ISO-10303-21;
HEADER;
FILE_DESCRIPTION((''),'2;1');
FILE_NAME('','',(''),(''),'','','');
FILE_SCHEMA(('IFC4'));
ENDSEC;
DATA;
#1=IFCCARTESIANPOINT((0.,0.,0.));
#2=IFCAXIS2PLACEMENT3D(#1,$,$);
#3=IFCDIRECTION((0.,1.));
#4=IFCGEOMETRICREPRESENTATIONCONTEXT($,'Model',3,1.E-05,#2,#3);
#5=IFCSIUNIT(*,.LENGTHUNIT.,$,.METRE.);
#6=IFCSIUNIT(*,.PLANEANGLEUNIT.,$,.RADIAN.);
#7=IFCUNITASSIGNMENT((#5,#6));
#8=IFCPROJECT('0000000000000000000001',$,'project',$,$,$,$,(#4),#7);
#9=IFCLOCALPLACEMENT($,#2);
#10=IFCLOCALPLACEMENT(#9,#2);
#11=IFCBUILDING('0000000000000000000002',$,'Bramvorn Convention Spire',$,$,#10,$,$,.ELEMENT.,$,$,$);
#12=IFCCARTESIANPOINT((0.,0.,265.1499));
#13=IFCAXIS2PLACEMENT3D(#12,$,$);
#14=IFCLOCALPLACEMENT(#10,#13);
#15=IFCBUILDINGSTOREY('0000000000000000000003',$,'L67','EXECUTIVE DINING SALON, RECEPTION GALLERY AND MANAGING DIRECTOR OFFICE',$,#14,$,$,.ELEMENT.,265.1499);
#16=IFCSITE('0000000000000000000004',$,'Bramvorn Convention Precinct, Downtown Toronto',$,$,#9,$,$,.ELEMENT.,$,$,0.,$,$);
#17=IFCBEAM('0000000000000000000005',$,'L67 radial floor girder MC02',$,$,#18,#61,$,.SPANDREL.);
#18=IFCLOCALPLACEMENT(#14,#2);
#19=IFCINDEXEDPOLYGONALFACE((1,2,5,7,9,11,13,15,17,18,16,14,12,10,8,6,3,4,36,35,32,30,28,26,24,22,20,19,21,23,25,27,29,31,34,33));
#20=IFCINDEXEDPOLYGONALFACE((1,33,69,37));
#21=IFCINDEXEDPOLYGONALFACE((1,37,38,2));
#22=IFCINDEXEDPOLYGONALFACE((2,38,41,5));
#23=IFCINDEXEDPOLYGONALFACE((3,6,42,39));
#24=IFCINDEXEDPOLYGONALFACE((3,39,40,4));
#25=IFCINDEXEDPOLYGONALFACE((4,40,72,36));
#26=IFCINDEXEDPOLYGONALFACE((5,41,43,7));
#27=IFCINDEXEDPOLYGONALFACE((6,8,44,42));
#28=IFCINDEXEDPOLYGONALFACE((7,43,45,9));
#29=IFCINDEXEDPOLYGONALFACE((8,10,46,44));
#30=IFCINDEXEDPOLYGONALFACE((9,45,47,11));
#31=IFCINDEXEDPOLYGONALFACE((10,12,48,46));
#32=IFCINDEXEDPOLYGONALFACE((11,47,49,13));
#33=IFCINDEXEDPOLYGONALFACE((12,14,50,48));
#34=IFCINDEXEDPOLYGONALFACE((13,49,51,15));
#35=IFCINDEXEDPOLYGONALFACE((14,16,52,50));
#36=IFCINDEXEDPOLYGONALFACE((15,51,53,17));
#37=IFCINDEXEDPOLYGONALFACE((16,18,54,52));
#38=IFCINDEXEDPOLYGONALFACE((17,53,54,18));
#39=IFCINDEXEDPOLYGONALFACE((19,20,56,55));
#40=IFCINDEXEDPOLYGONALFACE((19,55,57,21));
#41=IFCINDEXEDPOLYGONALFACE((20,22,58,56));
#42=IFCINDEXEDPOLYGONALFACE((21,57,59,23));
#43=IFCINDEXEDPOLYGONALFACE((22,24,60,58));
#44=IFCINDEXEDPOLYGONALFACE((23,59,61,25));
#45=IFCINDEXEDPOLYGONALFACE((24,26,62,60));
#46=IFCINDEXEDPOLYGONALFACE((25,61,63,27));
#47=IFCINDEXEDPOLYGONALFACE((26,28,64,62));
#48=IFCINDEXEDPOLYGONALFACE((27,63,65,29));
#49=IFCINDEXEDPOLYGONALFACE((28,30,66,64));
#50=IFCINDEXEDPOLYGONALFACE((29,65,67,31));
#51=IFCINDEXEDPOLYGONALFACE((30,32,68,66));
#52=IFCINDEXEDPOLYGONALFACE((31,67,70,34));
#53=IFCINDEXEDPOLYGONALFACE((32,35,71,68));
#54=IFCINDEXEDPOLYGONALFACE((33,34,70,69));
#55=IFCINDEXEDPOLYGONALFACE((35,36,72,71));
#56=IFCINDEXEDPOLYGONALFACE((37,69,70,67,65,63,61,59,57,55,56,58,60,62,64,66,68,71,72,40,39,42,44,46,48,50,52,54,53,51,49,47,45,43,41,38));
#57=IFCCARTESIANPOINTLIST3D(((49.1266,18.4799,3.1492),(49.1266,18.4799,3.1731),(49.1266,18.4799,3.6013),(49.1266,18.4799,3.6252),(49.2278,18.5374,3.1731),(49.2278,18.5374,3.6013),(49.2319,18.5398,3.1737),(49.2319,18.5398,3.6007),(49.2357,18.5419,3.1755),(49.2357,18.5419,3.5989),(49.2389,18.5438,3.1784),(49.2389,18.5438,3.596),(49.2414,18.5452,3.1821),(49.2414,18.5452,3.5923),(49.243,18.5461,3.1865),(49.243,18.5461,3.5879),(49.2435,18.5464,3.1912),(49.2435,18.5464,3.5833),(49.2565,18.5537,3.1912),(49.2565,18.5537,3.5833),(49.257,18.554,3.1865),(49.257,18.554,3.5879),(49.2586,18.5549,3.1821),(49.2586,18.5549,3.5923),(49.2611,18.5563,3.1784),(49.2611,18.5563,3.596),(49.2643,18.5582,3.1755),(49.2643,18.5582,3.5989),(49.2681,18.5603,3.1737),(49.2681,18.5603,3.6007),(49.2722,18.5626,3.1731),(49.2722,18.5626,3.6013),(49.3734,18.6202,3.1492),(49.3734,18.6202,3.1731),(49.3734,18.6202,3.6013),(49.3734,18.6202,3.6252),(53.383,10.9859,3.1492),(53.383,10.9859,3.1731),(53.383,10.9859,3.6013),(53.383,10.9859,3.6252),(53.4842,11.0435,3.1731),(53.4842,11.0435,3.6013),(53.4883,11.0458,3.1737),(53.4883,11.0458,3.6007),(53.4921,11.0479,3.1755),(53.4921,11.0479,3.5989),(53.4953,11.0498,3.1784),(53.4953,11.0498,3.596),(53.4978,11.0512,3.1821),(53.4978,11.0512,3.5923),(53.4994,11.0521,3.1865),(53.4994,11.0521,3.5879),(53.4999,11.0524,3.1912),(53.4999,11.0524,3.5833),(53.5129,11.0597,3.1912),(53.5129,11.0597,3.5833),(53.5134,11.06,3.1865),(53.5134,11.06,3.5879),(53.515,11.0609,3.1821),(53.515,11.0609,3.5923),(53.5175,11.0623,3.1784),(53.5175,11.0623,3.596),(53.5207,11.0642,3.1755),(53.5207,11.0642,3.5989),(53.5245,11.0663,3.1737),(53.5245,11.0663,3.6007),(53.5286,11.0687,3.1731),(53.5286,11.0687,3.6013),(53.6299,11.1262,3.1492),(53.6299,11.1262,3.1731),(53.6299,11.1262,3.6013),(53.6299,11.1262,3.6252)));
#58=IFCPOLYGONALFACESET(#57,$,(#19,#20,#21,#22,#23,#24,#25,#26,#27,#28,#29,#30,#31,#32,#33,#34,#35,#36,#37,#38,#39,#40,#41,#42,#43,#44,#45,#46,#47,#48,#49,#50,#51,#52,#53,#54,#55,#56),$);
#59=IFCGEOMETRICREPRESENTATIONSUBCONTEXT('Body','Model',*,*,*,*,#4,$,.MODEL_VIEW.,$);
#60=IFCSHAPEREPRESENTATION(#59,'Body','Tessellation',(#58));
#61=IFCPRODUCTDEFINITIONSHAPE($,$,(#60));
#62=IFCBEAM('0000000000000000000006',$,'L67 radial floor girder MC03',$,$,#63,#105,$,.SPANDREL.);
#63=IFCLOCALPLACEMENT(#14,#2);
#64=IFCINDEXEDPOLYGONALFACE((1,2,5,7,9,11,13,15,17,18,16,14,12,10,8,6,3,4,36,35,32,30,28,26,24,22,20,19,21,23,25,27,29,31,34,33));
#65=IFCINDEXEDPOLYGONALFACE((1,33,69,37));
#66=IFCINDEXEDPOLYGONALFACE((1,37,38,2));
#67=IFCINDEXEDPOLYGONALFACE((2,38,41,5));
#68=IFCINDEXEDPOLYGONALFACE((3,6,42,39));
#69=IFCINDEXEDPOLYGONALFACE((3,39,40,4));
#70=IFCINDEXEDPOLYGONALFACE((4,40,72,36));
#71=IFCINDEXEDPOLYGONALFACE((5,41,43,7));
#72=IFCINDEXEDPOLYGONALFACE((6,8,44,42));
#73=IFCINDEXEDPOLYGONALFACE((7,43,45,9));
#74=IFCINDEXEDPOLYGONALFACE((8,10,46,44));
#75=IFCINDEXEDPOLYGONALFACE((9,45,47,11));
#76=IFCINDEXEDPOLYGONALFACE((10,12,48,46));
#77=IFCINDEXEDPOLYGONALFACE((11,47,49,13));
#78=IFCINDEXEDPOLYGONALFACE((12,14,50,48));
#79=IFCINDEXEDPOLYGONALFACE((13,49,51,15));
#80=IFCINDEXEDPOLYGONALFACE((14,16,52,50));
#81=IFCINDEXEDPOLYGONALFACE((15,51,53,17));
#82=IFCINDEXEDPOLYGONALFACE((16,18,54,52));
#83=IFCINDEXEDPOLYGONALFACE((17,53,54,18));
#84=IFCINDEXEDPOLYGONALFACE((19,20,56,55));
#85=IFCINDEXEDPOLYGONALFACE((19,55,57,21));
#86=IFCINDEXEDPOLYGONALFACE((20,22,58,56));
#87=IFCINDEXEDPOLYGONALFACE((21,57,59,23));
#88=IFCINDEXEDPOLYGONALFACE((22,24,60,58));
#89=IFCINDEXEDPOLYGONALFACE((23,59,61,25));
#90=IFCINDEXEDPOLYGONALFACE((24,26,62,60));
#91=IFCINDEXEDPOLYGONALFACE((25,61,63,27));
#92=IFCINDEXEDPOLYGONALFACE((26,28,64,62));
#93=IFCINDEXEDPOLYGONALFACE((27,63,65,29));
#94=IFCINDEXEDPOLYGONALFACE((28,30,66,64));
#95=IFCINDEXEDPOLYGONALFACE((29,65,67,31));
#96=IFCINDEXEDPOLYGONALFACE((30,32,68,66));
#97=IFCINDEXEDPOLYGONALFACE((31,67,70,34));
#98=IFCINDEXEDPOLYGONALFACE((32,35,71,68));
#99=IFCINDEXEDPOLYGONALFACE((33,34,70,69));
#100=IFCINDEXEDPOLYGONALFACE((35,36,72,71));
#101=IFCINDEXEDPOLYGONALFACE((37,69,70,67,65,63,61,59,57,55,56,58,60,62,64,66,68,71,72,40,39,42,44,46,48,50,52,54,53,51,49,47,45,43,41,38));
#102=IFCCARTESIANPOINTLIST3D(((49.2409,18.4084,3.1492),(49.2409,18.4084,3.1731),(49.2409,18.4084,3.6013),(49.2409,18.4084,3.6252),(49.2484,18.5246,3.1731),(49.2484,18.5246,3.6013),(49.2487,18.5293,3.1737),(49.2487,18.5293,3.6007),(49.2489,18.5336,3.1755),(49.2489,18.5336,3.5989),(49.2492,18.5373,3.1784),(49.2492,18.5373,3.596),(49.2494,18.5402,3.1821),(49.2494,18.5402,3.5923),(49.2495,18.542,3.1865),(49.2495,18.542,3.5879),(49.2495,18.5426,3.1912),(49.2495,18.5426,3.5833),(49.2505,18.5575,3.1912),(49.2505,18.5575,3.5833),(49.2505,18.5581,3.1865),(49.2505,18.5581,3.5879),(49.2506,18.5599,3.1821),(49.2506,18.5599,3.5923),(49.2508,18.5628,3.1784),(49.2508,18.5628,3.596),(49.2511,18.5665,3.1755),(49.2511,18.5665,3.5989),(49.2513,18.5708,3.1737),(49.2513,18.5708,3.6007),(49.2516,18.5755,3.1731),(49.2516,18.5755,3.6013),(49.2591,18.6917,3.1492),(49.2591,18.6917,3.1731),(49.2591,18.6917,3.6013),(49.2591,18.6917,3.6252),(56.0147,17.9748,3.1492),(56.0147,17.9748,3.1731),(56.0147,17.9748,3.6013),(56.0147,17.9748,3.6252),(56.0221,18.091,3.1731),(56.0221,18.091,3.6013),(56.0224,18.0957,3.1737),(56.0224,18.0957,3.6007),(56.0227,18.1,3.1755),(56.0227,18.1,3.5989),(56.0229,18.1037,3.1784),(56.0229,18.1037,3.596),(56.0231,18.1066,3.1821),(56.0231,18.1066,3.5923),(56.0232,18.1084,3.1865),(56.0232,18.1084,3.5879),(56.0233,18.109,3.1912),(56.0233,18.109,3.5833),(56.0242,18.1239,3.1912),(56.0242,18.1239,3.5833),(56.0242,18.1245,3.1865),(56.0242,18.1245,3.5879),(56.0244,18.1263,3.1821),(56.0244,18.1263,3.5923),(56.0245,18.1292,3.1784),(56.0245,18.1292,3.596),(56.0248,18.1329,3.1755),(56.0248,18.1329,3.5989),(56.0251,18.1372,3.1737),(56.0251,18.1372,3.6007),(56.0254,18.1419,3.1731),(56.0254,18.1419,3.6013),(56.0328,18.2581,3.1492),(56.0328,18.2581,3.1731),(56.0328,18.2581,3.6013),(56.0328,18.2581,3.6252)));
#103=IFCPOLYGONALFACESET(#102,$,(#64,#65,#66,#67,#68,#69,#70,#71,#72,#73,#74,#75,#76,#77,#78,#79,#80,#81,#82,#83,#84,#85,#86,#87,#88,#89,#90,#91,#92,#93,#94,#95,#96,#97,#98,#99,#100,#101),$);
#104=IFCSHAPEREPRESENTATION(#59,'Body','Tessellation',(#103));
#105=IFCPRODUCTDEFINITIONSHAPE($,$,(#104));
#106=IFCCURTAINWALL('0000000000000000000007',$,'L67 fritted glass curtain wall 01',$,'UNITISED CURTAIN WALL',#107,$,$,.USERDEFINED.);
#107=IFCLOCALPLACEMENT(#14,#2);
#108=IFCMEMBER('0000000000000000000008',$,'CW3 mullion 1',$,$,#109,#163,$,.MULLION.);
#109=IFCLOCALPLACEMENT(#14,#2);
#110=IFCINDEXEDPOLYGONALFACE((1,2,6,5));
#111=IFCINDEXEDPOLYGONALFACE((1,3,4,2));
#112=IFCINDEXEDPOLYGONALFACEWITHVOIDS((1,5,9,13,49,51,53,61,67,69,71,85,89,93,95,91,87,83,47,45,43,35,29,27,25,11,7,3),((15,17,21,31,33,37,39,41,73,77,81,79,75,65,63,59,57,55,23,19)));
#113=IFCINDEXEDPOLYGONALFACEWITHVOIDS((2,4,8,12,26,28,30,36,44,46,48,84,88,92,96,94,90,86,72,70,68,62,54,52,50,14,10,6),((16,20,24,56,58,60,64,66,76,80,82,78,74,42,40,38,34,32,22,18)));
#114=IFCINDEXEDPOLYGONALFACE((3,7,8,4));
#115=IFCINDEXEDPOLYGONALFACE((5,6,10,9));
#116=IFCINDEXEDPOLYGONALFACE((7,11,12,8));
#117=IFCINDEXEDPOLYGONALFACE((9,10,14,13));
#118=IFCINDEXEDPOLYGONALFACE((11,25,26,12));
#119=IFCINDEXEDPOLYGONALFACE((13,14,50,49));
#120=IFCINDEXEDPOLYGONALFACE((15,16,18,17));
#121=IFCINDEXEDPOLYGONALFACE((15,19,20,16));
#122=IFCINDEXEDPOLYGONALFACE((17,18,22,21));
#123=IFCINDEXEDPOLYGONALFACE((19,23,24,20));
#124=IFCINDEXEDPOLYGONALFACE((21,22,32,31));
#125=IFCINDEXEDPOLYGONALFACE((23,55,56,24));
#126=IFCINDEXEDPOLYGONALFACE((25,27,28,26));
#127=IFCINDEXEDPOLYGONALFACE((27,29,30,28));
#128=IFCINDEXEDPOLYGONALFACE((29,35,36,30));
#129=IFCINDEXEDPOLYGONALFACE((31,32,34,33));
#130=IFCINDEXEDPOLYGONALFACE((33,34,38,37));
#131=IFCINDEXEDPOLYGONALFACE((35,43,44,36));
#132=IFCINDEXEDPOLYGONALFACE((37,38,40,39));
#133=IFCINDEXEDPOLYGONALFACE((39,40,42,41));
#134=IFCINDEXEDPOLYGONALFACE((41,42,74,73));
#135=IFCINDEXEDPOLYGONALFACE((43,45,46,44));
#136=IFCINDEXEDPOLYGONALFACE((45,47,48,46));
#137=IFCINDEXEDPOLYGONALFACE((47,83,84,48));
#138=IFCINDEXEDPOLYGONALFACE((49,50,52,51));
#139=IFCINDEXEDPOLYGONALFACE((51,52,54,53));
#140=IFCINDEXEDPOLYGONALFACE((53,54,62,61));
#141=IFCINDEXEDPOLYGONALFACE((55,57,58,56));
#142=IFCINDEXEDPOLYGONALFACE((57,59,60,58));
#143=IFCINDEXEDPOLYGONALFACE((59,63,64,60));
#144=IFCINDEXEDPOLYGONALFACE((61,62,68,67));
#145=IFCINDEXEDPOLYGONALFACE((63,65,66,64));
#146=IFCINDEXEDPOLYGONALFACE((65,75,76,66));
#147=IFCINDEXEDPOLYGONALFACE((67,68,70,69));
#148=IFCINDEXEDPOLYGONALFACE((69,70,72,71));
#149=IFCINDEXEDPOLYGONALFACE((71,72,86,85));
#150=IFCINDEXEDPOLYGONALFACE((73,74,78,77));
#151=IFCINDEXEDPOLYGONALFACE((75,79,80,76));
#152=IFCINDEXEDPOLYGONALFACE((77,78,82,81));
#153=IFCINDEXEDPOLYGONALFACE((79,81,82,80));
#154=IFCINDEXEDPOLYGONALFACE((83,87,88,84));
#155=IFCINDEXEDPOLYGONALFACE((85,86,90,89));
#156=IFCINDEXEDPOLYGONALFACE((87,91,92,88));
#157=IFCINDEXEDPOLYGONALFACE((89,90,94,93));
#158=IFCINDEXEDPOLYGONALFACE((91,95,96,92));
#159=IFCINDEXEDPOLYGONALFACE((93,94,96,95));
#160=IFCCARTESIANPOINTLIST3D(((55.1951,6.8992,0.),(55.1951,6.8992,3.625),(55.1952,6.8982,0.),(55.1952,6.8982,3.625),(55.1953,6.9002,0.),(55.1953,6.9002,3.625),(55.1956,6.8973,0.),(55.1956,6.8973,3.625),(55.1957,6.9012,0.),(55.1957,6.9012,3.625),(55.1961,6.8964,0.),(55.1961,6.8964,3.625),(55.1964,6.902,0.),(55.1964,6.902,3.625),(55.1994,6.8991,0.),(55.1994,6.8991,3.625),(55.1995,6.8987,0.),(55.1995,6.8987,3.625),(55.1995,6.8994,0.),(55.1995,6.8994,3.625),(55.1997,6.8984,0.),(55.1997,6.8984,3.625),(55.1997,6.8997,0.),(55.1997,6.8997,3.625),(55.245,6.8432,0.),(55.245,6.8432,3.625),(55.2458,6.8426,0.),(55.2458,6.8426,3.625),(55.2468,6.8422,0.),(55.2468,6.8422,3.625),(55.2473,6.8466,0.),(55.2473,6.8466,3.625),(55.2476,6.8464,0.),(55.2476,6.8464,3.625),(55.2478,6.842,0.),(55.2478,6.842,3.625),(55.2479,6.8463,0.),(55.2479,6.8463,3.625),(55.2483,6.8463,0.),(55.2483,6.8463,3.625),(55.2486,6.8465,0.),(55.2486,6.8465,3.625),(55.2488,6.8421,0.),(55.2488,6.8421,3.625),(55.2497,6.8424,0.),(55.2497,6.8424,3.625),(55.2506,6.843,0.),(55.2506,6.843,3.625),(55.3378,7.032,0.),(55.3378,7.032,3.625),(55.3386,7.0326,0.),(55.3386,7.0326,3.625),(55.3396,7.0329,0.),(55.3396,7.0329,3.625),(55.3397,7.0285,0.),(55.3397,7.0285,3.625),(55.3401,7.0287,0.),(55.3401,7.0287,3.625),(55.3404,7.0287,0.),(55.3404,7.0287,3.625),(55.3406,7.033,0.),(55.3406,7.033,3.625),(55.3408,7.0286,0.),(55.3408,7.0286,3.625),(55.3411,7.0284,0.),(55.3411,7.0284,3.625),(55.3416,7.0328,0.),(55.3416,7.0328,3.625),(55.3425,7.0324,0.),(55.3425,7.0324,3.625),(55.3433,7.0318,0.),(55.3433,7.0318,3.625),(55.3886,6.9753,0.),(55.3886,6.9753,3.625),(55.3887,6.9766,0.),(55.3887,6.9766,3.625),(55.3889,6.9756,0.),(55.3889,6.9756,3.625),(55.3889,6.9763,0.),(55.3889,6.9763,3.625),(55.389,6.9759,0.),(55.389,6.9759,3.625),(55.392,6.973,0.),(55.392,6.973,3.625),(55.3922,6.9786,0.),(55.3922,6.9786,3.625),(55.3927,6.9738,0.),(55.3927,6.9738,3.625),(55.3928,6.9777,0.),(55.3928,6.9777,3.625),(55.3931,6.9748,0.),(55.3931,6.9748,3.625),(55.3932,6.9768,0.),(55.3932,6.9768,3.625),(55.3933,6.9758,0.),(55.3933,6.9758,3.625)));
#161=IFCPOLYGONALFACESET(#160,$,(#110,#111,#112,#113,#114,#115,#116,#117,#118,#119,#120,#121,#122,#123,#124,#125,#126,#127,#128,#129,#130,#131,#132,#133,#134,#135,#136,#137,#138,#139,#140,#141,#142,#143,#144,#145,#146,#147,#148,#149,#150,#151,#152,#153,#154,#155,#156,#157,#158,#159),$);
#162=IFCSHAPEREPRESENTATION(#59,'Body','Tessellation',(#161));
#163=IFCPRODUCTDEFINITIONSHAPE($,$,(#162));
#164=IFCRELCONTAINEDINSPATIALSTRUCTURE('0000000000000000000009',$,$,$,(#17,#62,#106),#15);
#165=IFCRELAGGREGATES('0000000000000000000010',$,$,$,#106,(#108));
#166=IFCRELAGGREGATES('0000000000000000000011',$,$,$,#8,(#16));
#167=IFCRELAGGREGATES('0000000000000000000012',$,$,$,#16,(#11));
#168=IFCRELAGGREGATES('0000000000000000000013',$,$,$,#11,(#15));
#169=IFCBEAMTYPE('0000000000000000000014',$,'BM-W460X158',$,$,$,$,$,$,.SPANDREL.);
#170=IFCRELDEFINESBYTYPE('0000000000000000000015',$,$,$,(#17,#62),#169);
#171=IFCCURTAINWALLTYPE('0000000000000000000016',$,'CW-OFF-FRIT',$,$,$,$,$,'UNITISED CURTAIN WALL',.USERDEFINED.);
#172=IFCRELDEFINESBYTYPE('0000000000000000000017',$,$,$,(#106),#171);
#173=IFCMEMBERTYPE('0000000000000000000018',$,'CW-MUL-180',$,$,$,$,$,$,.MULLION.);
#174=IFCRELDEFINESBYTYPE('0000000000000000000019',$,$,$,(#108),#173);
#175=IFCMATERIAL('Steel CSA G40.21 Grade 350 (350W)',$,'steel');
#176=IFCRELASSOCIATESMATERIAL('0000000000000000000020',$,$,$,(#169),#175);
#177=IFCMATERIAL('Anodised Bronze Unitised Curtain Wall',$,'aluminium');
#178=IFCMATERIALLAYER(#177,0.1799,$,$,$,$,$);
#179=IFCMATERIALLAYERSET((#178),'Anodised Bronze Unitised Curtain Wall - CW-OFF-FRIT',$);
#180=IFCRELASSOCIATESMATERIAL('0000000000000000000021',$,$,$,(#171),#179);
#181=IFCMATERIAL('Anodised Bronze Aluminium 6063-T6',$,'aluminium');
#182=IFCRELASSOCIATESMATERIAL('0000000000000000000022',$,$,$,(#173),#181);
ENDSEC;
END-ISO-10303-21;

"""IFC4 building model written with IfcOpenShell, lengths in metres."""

from ifc_helpers import new_model, si_unit, direction, frame, origin, origin_2d, place, context, subcontext, project, spatial, hollow_rectangle, i_section, extrude, material, layer, layer_set, material_profile, profile_set, type_object, element, aggregate, save


model = new_model("IFC4")

# Units and contexts
model_context = context("Model", 3, precision=1e-05, world=origin(), true_north=direction((0.0, 1.0)))
body_context = subcontext(model_context, "Body", "Model", "MODEL_VIEW")
ifc_project = project(units=[si_unit("LENGTHUNIT", "METRE"), si_unit("PLANEANGLEUNIT", "RADIAN")], contexts=[model_context])

# Site, building, storey
site_placement = place(None, origin())
site = spatial("IfcSite", under=ifc_project, at=site_placement, Name="Bramvorn Convention Precinct, Downtown Toronto", CompositionType="ELEMENT", RefElevation=0.0)
building_placement = place(site_placement, origin())
building = spatial("IfcBuilding", under=site, at=building_placement, Name="Bramvorn Convention Spire", CompositionType="ELEMENT")
storey_placement = place(building_placement, frame((0.0, 0.0, 265.1499)))
storey = spatial("IfcBuildingStorey", under=building, at=storey_placement, Name="L67", Description="EXECUTIVE DINING SALON, RECEPTION GALLERY AND MANAGING DIRECTOR OFFICE", CompositionType="ELEMENT", Elevation=265.1499)

# Shared definitions
ifc_material_1 = material(Name="Steel CSA G40.21 Grade 350 (350W)", Category="steel")

# Beams
ifc_material_profile_1 = material_profile(ifc_material_1, i_section(OverallWidth=0.2839, OverallDepth=0.4761, WebThickness=0.0149, FlangeThickness=0.0239, FilletRadius=0.0181, at=origin_2d()))
ifc_profile_set_1 = profile_set([ifc_material_profile_1], Name="Steel CSA G40.21 Grade 350 (350W) - W460X158")
beam_type_1 = type_object("IfcBeamType", Name="BM-W460X158", PredefinedType="SPANDREL", material=ifc_profile_set_1)
beam_1_placement = place(storey_placement, frame((49.25, 18.55, 3.3872), z_axis=(0.493874, -0.869534, 0.0), x_axis=(0.869534, 0.493874, 0.0)))
element("IfcBeam", 1, at=beam_1_placement, inside=storey, type_object=beam_type_1, Name="L67 radial floor girder MC02", PredefinedType="SPANDREL", context=body_context, shape_type="SweptSolid", body=[
    extrude(i_section(OverallWidth=0.2839, OverallDepth=0.4761, WebThickness=0.0149, FlangeThickness=0.0239, FilletRadius=0.0181, at=origin_2d()), origin(), (0.0, 0.0, 1.0), 8.6184),
])
beam_2_placement = place(storey_placement, frame((49.25, 18.55, 3.3872), z_axis=(0.997958, -0.063881, 0.0), x_axis=(0.063881, 0.997958, 0.0)))
element("IfcBeam", 2, at=beam_2_placement, inside=storey, type_object=beam_type_1, Name="L67 radial floor girder MC03", PredefinedType="SPANDREL", context=body_context, shape_type="SweptSolid", body=[
    extrude(i_section(OverallWidth=0.2839, OverallDepth=0.4761, WebThickness=0.0149, FlangeThickness=0.0239, FilletRadius=0.0181, at=origin_2d()), origin(), (0.0, 0.0, 1.0), 6.7876),
])

# Curtain wall, member
ifc_material_2 = material(Name="Anodised Bronze Unitised Curtain Wall", Category="aluminium")
ifc_layer_1 = layer(ifc_material_2, 0.1799)
ifc_layer_set_1 = layer_set([ifc_layer_1], Name="Anodised Bronze Unitised Curtain Wall - CW-OFF-FRIT")
curtain_wall_type = type_object("IfcCurtainWallType", Name="CW-OFF-FRIT", ElementType="UNITISED CURTAIN WALL", PredefinedType="USERDEFINED", material=ifc_layer_set_1)
curtain_wall_1_placement = place(storey_placement, origin())
curtain_wall_1 = element("IfcCurtainWall", 3, at=curtain_wall_1_placement, inside=storey, type_object=curtain_wall_type, Name="L67 fritted glass curtain wall 01", ObjectType="UNITISED CURTAIN WALL", PredefinedType="USERDEFINED")
ifc_material_3 = material(Name="Anodised Bronze Aluminium 6063-T6", Category="aluminium")
ifc_material_profile_2 = material_profile(ifc_material_3, hollow_rectangle(XDim=0.0801, YDim=0.2, WallThickness=0.0039, InnerFilletRadius=0.001, OuterFilletRadius=0.0039, at=origin_2d()))
ifc_profile_set_2 = profile_set([ifc_material_profile_2], Name="Anodised Bronze Aluminium 6063-T6 - CWM80X200")
member_type_1 = type_object("IfcMemberType", Name="CW-MUL-180", PredefinedType="MULLION", material=ifc_profile_set_2)
member_1_placement = place(storey_placement, frame((55.2942, 6.9375, 0.0), z_axis=(0.0, 0.0, 1.0), x_axis=(0.676833, -0.736137, 0.0)))
member_1 = element("IfcMember", 4, at=member_1_placement, type_object=member_type_1, Name="CW3 mullion 1", PredefinedType="MULLION", context=body_context, shape_type="SweptSolid", body=[
    extrude(hollow_rectangle(XDim=0.0801, YDim=0.2, WallThickness=0.0039, InnerFilletRadius=0.001, OuterFilletRadius=0.0039, at=origin_2d()), origin(), (0.0, 0.0, 1.0), 3.625),
])

aggregate(curtain_wall_1, [member_1])

save(model, "model.ifc")
